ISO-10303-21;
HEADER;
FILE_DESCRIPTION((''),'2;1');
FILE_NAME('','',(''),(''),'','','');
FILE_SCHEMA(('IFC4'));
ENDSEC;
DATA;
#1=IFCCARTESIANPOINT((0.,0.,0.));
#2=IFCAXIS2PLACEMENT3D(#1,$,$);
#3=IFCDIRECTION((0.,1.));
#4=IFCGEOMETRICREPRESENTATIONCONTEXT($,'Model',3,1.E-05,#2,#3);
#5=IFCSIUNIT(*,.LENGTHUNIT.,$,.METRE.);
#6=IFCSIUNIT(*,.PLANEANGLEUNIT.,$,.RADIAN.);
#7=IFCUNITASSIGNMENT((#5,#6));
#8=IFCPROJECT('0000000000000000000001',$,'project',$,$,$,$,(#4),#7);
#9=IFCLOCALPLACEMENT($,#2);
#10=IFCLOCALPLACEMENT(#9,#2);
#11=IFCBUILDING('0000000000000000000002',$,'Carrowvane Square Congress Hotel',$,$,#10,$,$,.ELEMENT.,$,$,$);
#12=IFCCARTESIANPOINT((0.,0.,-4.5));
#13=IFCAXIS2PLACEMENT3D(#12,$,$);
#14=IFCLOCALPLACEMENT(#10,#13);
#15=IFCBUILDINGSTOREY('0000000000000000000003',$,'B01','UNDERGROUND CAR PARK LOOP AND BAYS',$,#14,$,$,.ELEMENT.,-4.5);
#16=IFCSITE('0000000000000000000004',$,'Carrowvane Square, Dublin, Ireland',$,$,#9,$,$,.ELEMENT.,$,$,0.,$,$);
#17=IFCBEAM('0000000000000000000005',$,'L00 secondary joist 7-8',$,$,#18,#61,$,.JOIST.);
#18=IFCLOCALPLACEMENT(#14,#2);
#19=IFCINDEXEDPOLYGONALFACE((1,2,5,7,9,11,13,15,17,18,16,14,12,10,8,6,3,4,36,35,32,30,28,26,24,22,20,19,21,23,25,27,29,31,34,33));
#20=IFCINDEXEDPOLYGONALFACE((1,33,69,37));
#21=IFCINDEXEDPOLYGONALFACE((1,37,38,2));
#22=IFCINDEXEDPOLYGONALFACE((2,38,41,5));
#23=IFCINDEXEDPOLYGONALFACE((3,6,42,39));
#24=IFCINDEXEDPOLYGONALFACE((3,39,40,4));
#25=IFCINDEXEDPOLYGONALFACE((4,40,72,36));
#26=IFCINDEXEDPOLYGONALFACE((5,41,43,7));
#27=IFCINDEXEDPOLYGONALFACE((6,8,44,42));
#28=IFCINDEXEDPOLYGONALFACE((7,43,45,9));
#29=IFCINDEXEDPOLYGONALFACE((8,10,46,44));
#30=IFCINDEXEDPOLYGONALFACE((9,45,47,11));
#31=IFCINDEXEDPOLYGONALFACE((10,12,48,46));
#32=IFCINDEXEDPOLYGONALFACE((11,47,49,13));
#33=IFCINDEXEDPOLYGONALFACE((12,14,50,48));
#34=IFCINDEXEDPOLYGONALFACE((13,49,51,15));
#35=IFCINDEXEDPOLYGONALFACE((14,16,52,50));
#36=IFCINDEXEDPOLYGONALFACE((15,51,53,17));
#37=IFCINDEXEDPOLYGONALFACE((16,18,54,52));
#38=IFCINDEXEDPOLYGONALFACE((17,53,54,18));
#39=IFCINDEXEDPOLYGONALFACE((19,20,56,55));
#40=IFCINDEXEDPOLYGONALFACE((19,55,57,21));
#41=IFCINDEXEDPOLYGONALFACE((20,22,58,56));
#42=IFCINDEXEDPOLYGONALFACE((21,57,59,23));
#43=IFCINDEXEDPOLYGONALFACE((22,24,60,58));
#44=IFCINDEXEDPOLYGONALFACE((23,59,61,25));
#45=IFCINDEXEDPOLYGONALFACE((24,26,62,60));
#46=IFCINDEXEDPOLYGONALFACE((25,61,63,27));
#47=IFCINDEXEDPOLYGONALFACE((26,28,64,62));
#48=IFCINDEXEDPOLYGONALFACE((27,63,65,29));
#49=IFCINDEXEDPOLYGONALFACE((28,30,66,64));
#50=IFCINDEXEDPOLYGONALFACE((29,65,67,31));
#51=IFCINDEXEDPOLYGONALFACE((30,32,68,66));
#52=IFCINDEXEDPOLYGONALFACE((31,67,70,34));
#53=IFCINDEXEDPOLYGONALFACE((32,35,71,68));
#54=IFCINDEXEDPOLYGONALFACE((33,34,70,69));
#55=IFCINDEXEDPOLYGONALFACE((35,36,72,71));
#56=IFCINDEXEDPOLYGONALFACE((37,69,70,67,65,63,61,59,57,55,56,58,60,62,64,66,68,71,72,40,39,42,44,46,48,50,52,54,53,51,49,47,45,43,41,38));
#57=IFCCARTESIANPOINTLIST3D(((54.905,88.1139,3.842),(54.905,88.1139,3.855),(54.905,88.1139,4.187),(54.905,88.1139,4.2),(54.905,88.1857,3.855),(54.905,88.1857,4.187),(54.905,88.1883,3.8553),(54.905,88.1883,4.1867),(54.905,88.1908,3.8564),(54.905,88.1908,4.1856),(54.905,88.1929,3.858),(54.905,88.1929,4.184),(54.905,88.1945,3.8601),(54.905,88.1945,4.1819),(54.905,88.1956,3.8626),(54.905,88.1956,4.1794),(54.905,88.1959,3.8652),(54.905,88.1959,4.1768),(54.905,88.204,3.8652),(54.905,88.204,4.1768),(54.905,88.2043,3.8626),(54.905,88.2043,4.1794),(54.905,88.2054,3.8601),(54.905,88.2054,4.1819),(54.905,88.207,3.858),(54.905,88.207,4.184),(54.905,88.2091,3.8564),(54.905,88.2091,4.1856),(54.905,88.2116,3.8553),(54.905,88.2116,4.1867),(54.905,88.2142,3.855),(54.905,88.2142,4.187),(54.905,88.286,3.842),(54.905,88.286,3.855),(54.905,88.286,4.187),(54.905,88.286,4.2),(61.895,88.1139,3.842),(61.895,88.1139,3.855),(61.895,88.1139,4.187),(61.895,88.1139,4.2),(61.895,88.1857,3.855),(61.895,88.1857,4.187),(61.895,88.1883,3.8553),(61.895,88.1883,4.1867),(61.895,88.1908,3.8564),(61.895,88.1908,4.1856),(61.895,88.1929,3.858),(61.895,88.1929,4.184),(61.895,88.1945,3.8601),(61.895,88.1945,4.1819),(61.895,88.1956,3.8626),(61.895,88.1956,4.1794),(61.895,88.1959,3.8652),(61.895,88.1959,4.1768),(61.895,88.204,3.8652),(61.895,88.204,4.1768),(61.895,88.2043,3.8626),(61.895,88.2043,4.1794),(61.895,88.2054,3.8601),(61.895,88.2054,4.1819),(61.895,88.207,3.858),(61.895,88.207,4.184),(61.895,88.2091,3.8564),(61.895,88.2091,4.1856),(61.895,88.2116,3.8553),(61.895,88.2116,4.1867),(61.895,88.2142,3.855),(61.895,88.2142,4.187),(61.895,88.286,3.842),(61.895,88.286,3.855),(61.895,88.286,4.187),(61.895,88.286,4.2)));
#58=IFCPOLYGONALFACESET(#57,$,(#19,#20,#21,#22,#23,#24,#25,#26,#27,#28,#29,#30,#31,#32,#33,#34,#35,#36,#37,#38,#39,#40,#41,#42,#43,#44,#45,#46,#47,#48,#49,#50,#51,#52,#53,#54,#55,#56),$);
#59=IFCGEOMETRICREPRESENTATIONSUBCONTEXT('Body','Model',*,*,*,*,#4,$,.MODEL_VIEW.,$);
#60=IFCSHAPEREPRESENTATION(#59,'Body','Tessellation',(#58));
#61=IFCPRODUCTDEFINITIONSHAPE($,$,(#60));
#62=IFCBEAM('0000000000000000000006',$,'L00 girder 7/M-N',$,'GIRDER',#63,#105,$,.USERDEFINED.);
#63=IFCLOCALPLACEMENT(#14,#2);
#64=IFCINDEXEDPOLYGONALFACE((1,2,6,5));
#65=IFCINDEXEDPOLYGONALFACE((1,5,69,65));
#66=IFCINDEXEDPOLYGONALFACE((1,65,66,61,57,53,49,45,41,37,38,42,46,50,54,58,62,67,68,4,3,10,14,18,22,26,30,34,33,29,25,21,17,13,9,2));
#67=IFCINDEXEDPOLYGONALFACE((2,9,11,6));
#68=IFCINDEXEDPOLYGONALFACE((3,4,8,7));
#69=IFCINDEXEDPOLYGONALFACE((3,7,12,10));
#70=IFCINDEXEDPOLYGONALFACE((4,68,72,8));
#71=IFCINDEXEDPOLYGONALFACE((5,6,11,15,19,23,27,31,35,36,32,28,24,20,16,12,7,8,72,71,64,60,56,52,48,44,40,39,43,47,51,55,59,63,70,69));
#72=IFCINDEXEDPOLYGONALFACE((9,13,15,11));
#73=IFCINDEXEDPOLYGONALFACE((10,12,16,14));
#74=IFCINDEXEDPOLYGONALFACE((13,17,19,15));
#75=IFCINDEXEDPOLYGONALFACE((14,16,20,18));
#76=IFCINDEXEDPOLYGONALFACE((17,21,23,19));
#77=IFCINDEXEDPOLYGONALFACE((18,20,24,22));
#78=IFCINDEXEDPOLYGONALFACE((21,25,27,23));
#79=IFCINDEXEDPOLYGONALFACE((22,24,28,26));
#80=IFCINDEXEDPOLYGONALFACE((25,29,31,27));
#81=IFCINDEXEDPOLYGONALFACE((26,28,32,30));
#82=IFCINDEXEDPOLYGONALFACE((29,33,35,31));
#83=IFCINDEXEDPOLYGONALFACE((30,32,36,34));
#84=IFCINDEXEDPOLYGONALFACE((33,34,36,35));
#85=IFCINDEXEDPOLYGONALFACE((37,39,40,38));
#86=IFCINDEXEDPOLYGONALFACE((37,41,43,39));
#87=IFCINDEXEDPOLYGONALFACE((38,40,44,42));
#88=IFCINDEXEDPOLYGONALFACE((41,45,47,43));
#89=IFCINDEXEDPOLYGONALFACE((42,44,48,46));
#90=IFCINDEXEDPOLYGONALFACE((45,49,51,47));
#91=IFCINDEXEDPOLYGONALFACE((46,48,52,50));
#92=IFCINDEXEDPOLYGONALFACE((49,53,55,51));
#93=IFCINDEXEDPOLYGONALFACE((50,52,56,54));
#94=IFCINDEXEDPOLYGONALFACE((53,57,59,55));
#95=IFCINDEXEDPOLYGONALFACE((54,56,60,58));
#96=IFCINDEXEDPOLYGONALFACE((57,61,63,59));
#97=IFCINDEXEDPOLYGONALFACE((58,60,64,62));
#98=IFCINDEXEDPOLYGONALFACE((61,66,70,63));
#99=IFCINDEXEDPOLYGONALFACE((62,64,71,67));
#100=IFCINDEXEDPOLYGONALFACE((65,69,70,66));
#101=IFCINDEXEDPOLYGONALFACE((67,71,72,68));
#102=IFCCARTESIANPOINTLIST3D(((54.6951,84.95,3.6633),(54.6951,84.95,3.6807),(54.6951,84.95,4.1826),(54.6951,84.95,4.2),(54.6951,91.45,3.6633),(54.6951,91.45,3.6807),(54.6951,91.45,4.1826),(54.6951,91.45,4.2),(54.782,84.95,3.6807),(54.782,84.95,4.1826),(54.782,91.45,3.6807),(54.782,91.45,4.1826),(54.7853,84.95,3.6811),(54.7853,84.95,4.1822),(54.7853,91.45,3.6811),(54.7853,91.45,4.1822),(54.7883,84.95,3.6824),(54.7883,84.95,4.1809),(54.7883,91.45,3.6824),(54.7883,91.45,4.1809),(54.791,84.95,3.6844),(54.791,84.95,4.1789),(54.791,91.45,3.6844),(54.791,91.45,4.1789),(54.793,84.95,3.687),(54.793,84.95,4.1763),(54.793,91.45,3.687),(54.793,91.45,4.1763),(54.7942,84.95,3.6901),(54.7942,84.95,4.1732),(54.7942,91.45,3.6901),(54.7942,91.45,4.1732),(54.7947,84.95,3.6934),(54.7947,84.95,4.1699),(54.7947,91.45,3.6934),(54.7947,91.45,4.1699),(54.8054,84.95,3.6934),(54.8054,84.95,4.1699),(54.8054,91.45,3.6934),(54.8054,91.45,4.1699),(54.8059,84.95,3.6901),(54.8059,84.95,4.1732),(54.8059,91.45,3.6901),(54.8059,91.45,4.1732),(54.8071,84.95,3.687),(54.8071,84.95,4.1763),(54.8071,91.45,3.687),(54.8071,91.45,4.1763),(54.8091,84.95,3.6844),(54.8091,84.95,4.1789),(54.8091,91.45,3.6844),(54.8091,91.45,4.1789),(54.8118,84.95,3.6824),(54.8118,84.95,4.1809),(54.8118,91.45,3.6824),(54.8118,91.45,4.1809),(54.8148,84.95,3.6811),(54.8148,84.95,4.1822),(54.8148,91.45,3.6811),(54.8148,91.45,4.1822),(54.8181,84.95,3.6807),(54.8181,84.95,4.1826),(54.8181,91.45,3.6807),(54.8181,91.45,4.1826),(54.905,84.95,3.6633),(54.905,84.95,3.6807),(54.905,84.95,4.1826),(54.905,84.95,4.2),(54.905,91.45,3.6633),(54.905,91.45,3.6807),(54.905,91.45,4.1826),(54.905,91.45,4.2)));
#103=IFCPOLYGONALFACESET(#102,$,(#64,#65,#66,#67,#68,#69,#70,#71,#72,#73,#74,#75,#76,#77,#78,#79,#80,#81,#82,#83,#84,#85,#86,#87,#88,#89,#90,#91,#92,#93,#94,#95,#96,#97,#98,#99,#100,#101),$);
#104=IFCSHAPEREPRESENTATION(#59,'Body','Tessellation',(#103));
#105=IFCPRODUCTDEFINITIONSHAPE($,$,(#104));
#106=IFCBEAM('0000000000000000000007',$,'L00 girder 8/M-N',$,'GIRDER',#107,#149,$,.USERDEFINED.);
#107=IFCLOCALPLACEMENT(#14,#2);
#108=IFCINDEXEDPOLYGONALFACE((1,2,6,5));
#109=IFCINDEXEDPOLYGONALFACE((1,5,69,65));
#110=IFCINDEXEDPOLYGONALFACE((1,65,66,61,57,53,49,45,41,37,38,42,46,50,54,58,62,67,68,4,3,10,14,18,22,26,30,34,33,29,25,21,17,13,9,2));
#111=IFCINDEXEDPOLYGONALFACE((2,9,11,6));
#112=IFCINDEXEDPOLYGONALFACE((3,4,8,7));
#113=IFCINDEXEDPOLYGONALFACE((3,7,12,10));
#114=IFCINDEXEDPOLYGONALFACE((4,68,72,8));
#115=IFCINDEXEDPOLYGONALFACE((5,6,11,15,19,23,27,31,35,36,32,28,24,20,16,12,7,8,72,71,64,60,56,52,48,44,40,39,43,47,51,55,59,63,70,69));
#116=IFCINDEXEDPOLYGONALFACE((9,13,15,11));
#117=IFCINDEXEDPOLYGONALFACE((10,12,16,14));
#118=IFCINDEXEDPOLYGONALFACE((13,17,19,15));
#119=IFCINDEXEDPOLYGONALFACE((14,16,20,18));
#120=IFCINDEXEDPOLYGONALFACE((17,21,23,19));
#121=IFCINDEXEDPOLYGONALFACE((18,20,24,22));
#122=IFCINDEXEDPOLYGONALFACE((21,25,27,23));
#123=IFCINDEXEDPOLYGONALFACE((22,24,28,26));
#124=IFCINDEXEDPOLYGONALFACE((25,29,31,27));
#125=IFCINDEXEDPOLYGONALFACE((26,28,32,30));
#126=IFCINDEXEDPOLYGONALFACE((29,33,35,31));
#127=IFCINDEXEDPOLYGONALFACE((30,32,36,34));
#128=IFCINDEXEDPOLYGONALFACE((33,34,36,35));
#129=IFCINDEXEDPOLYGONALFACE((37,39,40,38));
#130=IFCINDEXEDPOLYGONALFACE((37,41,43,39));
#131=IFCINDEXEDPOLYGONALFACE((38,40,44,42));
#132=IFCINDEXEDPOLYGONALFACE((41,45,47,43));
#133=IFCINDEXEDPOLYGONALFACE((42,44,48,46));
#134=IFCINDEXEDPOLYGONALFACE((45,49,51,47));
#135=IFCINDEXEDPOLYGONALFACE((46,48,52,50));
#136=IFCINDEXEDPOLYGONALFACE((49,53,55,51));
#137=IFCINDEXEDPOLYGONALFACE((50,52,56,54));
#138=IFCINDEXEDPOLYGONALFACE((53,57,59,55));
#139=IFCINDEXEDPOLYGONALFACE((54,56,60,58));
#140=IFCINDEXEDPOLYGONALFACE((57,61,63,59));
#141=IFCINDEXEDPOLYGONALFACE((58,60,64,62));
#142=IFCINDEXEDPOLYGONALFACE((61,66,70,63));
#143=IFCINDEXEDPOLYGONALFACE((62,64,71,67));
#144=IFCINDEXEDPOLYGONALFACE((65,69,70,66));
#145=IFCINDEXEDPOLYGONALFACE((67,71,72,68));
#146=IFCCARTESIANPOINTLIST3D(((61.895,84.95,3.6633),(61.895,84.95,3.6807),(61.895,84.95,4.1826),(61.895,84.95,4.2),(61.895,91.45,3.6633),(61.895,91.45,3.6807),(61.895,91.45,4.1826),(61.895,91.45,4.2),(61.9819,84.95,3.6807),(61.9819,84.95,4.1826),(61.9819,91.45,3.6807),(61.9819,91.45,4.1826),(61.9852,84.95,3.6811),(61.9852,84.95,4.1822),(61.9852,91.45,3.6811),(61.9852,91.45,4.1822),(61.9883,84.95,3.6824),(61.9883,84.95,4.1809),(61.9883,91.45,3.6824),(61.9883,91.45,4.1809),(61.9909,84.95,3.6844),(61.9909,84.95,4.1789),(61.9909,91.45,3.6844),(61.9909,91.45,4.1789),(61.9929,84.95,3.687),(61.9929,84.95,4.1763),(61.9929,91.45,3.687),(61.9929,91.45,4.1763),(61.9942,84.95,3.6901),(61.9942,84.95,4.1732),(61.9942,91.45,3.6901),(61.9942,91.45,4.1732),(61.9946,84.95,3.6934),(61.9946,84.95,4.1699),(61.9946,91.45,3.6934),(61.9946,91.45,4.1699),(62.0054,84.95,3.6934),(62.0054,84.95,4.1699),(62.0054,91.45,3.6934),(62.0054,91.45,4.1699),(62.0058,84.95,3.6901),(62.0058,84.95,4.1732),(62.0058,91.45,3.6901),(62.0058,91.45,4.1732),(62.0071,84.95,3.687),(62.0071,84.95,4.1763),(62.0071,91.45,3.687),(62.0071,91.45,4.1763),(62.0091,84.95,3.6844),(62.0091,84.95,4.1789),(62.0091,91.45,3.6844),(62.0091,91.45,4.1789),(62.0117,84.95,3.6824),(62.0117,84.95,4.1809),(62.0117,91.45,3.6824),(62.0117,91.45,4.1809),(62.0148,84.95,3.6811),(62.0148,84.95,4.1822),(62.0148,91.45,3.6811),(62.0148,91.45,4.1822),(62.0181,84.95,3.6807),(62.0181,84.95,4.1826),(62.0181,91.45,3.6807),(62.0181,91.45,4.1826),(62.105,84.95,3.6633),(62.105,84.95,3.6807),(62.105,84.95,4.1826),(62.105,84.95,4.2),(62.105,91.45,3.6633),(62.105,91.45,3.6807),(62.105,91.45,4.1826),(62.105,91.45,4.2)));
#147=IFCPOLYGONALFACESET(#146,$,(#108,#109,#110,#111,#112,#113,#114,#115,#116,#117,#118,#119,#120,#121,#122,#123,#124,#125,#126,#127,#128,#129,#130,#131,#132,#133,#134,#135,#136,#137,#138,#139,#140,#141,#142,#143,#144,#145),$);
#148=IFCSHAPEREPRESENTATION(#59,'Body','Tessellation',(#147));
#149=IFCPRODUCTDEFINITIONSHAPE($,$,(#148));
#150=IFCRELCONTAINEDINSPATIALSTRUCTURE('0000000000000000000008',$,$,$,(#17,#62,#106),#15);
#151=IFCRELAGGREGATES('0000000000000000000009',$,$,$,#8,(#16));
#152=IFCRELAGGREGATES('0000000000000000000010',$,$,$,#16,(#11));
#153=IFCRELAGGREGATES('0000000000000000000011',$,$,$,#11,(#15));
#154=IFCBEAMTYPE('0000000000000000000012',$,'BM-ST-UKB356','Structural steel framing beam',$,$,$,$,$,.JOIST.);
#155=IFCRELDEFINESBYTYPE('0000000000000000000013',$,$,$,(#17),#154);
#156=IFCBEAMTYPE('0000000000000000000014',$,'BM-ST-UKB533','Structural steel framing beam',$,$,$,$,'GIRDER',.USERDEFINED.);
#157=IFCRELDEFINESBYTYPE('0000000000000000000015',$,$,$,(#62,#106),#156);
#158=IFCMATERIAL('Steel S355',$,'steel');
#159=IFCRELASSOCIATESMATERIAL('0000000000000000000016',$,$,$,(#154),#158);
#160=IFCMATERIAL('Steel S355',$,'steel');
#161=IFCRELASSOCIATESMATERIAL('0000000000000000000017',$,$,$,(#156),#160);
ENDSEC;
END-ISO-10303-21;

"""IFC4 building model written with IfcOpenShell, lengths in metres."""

from ifc_helpers import new_model, si_unit, direction, frame, origin, origin_2d, place, context, subcontext, project, spatial, i_section, extrude, material, material_profile, profile_set, type_object, element, save


model = new_model("IFC4")

# Units and contexts
model_context = context("Model", 3, precision=1e-05, world=origin(), true_north=direction((0.0, 1.0)))
body_context = subcontext(model_context, "Body", "Model", "MODEL_VIEW")
ifc_project = project(units=[si_unit("LENGTHUNIT", "METRE"), si_unit("PLANEANGLEUNIT", "RADIAN")], contexts=[model_context])

# Site, building, storey
site_placement = place(None, origin())
site = spatial("IfcSite", under=ifc_project, at=site_placement, Name="Carrowvane Square, Dublin, Ireland", CompositionType="ELEMENT", RefElevation=0.0)
building_placement = place(site_placement, origin())
building = spatial("IfcBuilding", under=site, at=building_placement, Name="Carrowvane Square Congress Hotel", CompositionType="ELEMENT")
storey_placement = place(building_placement, frame((0.0, 0.0, -4.5)))
storey = spatial("IfcBuildingStorey", under=building, at=storey_placement, Name="B01", Description="UNDERGROUND CAR PARK LOOP AND BAYS", CompositionType="ELEMENT", Elevation=-4.5)

# Beams
ifc_material_1 = material(Name="Steel S355", Category="steel")
ifc_material_profile_1 = material_profile(ifc_material_1, i_section(OverallWidth=0.1721, OverallDepth=0.3579, WebThickness=0.0081, FlangeThickness=0.0129, FilletRadius=0.0103, at=origin_2d()), Name="UKB 356x171x57")
ifc_profile_set_1 = profile_set([ifc_material_profile_1], Name="Steel S355")
beam_type_1 = type_object("IfcBeamType", Name="BM-ST-UKB356", Description="Structural steel framing beam", PredefinedType="JOIST", material=ifc_profile_set_1)
beam_1_placement = place(storey_placement, frame((54.905, 88.2, 4.021), z_axis=(1.0, 0.0, 0.0), x_axis=(0.0, 1.0, 0.0)))
element("IfcBeam", 1, at=beam_1_placement, inside=storey, type_object=beam_type_1, Name="L00 secondary joist 7-8", PredefinedType="JOIST", context=body_context, shape_type="SweptSolid", body=[
    extrude(i_section(OverallWidth=0.1721, OverallDepth=0.3579, WebThickness=0.0081, FlangeThickness=0.0129, FilletRadius=0.0103, at=origin_2d()), origin(), (0.0, 0.0, 1.0), 6.99),
])
ifc_material_2 = material(Name="Steel S355", Category="steel")
ifc_material_profile_2 = material_profile(ifc_material_2, i_section(OverallWidth=0.21, OverallDepth=0.5366, WebThickness=0.0107, FlangeThickness=0.0173, FilletRadius=0.0127, at=origin_2d()), Name="UKB 533x210x101")
ifc_profile_set_2 = profile_set([ifc_material_profile_2], Name="Steel S355")
beam_type_2 = type_object("IfcBeamType", Name="BM-ST-UKB533", Description="Structural steel framing beam", ElementType="GIRDER", PredefinedType="USERDEFINED", material=ifc_profile_set_2)
for number, where, z_axis, x_axis, name in (
    (2, (54.8, 84.95, 3.9316), (0.0, 1.0, 0.0), (-1.0, 0.0, 0.0), "L00 girder 7/M-N"),
    (3, (62.0, 84.95, 3.9316), (0.0, 1.0, 0.0), (-1.0, 0.0, 0.0), "L00 girder 8/M-N"),
):
    element("IfcBeam", number, at=place(storey_placement, frame(where, z_axis=z_axis, x_axis=x_axis)), inside=storey, type_object=beam_type_2, Name=name, ObjectType="GIRDER", PredefinedType="USERDEFINED", context=body_context, shape_type="SweptSolid", body=[
        extrude(i_section(OverallWidth=0.21, OverallDepth=0.5366, WebThickness=0.0107, FlangeThickness=0.0173, FilletRadius=0.0127, at=origin_2d()), origin(), (0.0, 0.0, 1.0), 6.5),
    ])

save(model, "model.ifc")
